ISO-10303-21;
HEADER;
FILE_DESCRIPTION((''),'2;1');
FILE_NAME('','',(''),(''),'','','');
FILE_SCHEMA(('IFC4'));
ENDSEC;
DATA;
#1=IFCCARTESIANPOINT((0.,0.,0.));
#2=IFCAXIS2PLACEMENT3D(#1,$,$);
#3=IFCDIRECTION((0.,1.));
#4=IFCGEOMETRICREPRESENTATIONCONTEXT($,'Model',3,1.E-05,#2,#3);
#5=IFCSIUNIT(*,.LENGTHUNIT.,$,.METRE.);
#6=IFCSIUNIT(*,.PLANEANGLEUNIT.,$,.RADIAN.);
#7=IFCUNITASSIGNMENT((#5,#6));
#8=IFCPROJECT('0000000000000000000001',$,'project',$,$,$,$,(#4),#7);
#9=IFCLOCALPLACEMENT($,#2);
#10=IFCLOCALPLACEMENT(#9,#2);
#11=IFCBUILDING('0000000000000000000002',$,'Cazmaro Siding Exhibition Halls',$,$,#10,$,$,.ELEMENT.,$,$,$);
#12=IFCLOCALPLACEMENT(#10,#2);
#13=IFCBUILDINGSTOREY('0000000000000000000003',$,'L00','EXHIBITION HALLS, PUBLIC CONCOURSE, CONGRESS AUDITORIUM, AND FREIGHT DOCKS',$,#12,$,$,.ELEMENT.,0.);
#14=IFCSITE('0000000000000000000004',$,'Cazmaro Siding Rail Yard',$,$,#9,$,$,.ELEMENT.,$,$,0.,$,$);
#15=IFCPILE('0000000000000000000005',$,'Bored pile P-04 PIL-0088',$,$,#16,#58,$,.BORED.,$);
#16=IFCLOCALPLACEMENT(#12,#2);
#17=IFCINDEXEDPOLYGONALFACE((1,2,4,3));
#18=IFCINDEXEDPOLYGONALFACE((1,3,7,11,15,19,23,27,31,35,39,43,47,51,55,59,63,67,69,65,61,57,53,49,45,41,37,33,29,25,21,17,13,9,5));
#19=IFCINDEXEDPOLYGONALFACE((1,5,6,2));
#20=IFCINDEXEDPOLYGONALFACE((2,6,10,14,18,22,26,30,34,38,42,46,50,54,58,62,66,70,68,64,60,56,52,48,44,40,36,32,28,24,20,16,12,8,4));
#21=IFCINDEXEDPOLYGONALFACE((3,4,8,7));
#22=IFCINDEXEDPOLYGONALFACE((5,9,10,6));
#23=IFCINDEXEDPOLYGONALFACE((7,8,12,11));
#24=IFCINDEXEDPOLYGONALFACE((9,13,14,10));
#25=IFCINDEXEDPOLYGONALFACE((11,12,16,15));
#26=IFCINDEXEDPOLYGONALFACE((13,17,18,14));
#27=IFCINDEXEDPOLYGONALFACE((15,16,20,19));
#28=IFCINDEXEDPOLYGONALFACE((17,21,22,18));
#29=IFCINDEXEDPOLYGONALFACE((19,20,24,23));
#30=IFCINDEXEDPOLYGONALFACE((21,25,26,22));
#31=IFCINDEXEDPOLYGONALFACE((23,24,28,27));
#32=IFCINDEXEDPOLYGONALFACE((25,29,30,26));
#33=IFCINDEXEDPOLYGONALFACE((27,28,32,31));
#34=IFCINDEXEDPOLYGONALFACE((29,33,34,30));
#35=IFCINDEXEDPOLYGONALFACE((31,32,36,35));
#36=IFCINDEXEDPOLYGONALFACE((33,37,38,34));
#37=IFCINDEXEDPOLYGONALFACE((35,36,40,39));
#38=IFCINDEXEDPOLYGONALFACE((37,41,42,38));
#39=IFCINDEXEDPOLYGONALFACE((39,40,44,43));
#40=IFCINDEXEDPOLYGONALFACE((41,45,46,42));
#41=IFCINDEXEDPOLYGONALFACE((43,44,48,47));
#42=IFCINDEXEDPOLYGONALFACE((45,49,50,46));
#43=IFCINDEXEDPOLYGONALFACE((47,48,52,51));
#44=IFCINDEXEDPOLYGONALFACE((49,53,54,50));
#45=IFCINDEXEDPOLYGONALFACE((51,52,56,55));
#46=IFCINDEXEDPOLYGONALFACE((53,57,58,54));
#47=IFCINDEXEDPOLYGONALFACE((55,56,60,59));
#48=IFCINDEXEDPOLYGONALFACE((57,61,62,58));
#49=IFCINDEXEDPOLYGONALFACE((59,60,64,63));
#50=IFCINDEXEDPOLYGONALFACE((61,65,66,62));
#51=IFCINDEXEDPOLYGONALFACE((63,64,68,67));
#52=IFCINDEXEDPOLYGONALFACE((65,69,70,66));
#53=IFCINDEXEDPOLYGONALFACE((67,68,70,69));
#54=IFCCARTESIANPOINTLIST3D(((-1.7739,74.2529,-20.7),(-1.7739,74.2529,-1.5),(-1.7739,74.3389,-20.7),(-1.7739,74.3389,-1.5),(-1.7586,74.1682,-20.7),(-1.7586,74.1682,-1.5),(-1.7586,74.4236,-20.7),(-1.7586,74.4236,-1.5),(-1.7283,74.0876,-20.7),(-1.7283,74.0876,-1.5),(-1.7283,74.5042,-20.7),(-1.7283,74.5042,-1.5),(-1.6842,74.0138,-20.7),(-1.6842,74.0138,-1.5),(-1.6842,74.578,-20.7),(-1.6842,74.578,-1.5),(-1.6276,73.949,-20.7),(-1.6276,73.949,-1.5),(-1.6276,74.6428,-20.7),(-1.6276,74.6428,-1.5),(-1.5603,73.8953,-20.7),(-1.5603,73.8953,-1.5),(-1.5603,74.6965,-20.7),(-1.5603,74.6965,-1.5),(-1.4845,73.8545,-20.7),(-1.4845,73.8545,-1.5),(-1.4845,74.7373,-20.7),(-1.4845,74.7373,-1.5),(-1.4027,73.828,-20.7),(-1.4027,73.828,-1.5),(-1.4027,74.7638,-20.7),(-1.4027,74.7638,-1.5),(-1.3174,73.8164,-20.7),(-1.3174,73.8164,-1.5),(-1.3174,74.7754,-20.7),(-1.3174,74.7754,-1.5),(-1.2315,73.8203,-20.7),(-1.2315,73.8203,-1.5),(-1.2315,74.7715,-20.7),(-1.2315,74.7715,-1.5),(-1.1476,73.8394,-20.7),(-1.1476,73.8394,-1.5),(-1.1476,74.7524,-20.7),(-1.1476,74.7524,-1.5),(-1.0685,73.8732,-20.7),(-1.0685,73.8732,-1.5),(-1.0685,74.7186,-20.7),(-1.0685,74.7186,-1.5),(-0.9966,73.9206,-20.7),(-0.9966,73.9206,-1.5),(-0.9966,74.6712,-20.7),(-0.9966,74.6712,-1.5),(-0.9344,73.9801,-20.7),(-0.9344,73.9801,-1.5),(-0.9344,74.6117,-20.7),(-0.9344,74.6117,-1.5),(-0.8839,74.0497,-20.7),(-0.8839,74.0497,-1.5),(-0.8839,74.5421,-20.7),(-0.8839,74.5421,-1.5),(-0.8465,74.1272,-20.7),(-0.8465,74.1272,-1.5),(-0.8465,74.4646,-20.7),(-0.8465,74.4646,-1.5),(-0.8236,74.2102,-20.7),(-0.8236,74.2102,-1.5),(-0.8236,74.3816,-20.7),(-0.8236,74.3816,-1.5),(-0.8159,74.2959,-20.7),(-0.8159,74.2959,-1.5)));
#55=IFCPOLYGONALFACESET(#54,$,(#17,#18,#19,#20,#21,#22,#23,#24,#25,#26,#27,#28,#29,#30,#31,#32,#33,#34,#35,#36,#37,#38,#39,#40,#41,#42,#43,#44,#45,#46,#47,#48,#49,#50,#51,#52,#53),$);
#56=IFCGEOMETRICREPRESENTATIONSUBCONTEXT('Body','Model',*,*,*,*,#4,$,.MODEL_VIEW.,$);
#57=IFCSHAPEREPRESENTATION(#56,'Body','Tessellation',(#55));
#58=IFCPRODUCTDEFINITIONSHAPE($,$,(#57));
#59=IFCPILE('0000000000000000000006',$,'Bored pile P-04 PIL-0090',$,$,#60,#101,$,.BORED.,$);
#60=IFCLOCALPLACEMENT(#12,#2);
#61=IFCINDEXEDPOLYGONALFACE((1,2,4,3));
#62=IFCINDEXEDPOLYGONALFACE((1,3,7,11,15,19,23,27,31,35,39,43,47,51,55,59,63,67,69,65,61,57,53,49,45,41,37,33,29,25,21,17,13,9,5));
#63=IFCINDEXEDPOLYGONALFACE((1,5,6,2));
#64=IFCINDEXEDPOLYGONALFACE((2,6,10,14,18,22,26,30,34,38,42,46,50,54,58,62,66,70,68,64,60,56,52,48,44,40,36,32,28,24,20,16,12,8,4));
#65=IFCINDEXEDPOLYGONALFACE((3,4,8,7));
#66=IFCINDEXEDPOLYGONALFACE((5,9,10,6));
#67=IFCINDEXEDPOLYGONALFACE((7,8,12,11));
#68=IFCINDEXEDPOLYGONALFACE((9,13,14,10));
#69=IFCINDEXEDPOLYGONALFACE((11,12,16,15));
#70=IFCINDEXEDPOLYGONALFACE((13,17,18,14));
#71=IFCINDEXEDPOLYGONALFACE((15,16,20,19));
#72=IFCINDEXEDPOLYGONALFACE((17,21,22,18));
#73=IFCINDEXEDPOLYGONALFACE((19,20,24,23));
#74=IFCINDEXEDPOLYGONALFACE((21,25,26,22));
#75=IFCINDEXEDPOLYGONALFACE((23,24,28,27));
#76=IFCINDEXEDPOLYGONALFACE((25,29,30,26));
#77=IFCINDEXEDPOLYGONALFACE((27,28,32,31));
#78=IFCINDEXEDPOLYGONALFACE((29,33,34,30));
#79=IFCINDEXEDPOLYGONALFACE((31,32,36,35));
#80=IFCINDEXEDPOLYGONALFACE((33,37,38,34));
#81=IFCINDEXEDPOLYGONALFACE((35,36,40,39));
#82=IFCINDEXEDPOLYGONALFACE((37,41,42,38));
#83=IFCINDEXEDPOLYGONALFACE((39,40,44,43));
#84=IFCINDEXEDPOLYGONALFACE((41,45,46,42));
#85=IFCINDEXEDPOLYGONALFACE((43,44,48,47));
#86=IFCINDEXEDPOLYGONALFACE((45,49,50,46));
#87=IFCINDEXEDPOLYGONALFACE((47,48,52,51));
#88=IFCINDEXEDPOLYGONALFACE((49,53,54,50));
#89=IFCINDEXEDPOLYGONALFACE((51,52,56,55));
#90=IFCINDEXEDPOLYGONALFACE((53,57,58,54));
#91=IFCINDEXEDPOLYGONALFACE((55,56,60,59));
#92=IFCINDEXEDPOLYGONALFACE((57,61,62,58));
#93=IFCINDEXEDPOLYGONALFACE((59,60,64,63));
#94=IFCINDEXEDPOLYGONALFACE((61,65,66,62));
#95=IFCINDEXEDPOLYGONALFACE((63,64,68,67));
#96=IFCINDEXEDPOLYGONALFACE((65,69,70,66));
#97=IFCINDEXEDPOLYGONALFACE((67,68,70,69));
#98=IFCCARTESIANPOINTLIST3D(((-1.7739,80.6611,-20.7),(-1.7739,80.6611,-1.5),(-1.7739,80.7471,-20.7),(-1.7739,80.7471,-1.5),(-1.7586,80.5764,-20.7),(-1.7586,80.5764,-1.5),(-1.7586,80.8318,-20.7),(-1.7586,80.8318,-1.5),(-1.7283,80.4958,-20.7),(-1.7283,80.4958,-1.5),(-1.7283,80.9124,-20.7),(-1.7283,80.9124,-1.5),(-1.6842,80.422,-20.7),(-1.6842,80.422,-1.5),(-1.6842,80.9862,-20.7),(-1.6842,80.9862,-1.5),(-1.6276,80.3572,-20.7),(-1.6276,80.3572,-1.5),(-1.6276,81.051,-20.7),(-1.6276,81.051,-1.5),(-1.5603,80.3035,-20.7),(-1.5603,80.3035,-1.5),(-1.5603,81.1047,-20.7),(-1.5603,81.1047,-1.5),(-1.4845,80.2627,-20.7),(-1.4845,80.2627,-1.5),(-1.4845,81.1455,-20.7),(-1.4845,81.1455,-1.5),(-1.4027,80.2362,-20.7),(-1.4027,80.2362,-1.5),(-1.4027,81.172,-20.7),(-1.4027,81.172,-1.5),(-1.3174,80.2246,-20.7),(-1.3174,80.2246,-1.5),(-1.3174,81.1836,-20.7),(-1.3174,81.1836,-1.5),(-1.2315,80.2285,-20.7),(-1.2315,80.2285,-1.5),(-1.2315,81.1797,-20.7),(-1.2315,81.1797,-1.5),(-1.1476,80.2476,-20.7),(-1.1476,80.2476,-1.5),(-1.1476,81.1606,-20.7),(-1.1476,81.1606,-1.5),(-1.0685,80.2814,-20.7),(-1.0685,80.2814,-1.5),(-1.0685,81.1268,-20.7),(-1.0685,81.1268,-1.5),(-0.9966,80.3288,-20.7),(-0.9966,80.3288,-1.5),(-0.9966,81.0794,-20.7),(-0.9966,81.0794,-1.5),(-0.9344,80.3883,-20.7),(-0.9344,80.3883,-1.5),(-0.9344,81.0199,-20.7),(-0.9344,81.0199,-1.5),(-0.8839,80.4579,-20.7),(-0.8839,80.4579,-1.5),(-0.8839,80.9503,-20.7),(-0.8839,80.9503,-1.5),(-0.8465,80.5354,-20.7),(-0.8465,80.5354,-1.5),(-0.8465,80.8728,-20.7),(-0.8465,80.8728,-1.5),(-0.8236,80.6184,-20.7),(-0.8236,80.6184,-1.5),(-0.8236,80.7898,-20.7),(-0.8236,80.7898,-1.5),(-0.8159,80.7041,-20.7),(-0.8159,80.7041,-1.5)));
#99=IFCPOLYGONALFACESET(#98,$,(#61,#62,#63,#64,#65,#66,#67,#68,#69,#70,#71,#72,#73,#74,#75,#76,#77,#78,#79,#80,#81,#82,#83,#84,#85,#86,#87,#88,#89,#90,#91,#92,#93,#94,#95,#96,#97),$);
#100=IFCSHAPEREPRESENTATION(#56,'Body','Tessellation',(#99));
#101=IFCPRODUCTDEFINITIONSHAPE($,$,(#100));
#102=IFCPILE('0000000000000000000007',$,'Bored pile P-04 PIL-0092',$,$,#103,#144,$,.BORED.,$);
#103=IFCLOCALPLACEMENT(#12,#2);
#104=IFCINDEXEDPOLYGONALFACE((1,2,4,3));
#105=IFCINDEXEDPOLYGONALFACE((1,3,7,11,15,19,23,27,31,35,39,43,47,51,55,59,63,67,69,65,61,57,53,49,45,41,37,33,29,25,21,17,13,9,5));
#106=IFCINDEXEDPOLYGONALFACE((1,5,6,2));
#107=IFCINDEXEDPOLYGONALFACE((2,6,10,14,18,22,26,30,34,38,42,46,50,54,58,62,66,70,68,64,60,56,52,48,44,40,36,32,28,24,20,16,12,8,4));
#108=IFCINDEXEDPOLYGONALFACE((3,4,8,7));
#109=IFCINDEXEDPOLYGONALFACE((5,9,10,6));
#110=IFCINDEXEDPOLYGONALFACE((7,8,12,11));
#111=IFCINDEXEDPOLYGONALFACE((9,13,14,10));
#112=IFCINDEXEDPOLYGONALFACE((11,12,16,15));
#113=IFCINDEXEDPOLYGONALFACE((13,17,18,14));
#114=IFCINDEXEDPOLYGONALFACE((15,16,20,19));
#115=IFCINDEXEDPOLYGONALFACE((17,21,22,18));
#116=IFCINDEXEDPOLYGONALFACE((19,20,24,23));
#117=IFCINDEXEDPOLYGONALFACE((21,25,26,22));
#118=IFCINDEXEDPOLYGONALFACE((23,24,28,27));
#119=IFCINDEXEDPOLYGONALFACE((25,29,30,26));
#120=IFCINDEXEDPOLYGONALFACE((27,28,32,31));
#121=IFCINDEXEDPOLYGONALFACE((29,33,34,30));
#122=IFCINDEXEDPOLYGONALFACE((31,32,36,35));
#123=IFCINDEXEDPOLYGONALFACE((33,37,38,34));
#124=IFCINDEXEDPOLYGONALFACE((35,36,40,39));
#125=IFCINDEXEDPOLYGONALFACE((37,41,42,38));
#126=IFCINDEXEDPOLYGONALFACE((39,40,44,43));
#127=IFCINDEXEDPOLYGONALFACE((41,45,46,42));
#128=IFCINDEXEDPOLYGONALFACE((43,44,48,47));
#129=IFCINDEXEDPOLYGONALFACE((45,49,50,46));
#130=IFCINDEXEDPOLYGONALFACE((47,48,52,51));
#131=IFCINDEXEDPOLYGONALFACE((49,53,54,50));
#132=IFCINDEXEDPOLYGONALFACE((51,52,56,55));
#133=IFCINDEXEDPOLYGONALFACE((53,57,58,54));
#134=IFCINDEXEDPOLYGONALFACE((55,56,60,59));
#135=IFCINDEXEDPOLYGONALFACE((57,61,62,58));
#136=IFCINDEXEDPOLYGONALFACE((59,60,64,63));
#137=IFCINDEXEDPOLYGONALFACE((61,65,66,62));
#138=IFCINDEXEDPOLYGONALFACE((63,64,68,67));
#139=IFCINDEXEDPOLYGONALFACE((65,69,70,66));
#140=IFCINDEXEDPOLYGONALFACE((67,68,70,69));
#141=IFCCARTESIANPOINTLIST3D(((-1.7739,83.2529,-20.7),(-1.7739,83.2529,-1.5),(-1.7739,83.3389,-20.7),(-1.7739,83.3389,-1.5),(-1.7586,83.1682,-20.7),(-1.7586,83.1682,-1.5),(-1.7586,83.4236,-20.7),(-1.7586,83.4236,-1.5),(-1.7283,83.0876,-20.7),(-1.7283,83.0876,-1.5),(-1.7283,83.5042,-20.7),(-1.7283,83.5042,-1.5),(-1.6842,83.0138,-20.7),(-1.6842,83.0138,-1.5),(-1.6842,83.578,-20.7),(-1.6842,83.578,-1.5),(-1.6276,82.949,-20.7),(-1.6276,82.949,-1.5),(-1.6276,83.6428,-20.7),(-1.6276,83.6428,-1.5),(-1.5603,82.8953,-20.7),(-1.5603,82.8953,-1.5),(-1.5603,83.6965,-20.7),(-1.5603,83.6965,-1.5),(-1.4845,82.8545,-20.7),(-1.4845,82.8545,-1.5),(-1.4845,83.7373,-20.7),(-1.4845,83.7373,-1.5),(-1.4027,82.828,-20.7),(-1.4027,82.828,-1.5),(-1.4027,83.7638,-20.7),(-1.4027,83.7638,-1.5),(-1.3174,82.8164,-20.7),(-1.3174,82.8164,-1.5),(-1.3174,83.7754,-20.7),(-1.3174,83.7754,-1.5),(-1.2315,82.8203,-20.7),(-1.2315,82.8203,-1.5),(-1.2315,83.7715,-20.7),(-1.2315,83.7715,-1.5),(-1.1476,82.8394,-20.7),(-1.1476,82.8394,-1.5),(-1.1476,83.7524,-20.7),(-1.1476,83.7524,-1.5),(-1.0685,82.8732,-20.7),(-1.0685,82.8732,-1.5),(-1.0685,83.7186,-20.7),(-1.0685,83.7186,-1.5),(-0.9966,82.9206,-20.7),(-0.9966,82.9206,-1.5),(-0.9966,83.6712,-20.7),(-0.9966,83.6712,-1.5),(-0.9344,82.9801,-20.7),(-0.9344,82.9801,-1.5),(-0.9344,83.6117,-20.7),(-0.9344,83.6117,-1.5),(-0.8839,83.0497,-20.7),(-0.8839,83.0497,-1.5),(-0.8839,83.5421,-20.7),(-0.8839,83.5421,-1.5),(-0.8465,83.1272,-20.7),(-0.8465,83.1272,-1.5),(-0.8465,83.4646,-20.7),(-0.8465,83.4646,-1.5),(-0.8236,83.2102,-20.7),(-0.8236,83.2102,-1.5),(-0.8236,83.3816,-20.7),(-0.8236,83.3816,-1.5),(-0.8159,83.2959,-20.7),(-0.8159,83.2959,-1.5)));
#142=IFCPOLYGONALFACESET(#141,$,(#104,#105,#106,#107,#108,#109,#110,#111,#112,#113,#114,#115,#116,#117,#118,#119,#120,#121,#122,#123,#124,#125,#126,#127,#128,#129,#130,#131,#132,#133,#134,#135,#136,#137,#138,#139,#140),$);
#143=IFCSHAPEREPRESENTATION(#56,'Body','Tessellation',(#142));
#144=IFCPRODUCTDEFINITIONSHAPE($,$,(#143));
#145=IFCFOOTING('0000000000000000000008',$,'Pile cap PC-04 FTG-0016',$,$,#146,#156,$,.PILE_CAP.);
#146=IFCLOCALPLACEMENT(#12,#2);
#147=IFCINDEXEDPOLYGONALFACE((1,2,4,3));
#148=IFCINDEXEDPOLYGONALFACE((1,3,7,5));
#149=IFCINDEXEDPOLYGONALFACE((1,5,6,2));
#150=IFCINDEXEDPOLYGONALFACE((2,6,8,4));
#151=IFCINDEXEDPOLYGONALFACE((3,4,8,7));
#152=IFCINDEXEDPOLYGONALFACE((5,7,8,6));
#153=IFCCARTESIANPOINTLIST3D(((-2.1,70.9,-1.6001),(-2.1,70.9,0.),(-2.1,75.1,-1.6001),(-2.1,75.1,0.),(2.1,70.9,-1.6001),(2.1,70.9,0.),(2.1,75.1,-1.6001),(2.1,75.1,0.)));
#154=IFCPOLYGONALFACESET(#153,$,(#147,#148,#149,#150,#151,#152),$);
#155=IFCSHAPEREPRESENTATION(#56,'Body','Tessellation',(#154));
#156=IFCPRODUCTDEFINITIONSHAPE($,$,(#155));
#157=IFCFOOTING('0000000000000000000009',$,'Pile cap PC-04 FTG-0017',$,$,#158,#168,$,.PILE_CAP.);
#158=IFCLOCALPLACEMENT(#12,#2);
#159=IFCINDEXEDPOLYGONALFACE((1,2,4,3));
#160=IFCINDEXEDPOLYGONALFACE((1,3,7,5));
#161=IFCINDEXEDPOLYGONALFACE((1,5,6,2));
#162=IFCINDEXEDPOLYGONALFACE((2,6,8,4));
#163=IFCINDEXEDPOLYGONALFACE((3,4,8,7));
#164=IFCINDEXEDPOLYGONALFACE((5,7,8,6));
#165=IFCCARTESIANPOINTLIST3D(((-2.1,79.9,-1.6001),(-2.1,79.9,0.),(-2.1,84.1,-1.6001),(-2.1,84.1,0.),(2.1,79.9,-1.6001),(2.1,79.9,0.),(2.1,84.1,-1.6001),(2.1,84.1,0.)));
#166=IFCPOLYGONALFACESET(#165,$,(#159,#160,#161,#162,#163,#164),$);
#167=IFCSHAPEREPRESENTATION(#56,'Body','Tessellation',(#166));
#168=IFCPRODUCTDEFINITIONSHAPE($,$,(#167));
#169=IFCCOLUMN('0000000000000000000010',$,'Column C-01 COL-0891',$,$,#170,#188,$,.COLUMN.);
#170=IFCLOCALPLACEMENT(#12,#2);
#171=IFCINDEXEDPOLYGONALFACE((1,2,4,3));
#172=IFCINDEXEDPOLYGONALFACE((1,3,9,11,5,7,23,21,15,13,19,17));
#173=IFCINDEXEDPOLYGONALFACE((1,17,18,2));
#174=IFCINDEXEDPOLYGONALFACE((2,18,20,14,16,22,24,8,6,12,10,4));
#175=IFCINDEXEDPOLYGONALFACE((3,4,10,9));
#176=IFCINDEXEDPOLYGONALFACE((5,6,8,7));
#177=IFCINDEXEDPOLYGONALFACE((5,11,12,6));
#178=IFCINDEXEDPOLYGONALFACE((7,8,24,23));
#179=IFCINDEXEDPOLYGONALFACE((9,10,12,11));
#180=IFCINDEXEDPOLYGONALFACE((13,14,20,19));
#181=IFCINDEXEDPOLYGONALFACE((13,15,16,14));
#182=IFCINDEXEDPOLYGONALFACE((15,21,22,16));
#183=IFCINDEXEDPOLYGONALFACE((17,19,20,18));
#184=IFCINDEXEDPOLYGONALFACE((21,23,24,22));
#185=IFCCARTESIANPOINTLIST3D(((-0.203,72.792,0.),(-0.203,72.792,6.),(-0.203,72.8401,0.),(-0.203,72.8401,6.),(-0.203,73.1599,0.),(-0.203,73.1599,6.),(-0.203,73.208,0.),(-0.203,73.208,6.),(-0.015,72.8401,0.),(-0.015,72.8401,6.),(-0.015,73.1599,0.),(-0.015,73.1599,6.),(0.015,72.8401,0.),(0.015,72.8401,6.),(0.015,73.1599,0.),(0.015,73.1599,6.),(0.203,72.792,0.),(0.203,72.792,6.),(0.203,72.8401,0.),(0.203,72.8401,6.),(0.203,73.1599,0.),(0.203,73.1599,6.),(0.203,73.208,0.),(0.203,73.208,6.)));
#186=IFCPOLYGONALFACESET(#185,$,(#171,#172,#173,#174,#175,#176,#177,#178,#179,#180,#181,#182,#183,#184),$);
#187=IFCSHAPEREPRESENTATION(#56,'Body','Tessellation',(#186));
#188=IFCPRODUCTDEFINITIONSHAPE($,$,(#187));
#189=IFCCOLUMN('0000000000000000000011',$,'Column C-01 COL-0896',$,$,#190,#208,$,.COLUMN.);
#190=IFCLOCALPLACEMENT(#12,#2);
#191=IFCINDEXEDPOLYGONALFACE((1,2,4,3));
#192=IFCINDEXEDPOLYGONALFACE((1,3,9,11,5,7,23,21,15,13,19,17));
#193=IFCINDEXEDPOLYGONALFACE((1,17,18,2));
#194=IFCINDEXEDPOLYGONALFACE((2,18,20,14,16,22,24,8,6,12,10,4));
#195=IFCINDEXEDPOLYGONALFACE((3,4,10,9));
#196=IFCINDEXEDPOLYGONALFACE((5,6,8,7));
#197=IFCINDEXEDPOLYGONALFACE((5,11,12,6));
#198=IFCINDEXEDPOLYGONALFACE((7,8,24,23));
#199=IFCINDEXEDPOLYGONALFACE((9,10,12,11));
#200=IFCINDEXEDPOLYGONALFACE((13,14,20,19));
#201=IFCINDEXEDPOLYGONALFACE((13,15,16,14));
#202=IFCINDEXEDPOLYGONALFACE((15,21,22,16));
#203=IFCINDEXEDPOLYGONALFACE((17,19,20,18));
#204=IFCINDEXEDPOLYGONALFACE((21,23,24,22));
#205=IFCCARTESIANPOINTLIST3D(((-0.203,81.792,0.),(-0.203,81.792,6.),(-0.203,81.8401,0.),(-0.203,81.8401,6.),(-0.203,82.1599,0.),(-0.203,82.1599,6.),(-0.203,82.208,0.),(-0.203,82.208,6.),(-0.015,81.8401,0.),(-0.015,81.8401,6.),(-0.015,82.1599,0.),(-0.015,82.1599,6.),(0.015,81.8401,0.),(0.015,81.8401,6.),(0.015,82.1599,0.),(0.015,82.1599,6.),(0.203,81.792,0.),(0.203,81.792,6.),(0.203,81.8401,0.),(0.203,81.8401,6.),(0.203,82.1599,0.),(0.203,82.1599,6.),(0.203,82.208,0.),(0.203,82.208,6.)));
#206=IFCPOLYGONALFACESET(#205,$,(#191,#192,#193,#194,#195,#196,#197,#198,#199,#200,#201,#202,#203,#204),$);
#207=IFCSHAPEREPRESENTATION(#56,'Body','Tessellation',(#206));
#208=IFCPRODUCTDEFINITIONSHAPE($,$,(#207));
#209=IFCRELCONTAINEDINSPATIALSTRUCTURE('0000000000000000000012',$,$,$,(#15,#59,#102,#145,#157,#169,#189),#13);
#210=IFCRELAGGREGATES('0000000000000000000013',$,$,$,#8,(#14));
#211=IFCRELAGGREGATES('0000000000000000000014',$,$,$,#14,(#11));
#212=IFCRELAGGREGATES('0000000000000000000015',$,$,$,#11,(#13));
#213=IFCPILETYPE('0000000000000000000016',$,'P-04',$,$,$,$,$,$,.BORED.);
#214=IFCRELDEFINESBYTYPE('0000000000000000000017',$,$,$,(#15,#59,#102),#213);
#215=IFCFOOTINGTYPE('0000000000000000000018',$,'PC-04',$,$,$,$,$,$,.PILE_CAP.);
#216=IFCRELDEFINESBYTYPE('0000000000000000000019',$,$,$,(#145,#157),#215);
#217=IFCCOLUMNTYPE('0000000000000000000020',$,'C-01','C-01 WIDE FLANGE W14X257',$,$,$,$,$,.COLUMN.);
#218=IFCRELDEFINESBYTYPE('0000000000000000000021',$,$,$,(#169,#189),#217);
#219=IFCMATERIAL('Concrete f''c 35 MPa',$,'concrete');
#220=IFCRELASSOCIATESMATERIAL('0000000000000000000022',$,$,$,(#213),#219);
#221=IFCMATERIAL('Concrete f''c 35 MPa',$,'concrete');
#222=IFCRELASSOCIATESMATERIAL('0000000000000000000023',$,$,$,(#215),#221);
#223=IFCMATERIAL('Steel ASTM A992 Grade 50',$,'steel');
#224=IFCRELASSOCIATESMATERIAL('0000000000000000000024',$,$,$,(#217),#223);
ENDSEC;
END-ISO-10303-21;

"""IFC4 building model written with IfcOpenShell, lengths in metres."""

from ifc_helpers import new_model, si_unit, direction, frame, origin, origin_2d, place, context, subcontext, project, spatial, rectangle, circle, i_section, extrude, material, material_profile, profile_set, type_object, element, save


model = new_model("IFC4")

# Units and contexts
model_context = context("Model", 3, precision=1e-05, world=origin(), true_north=direction((0.0, 1.0)))
body_context = subcontext(model_context, "Body", "Model", "MODEL_VIEW")
ifc_project = project(units=[si_unit("LENGTHUNIT", "METRE"), si_unit("PLANEANGLEUNIT", "RADIAN")], contexts=[model_context])

# Site, building, storey
site_placement = place(None, origin())
site = spatial("IfcSite", under=ifc_project, at=site_placement, Name="Cazmaro Siding Rail Yard", CompositionType="ELEMENT", RefElevation=0.0)
building_placement = place(site_placement, origin())
building = spatial("IfcBuilding", under=site, at=building_placement, Name="Cazmaro Siding Exhibition Halls", CompositionType="ELEMENT")
storey_placement = place(building_placement, origin())
storey = spatial("IfcBuildingStorey", under=building, at=storey_placement, Name="L00", Description="EXHIBITION HALLS, PUBLIC CONCOURSE, CONGRESS AUDITORIUM, AND FREIGHT DOCKS", CompositionType="ELEMENT", Elevation=0.0)

# Piles
ifc_material_1 = material(Name="Concrete f'c 35 MPa", Category="concrete")
ifc_material_profile_1 = material_profile(ifc_material_1, circle(Radius=0.48, at=origin_2d()), Name="CIDH-960")
ifc_profile_set_1 = profile_set([ifc_material_profile_1], Name="Concrete f'c 35 MPa")
pile_type = type_object("IfcPileType", Name="P-04", PredefinedType="BORED", material=ifc_profile_set_1)
for number, where, z_axis, x_axis, name in (
    (1, (-1.2959, 74.2959, -1.5), (0.0, 0.0, -1.0), (1.0, 0.0, 0.0), "Bored pile P-04 PIL-0088"),
    (2, (-1.2959, 80.7041, -1.5), (0.0, 0.0, -1.0), (1.0, 0.0, 0.0), "Bored pile P-04 PIL-0090"),
    (3, (-1.2959, 83.2959, -1.5), (0.0, 0.0, -1.0), (1.0, 0.0, 0.0), "Bored pile P-04 PIL-0092"),
):
    element("IfcPile", number, at=place(storey_placement, frame(where, z_axis=z_axis, x_axis=x_axis)), inside=storey, type_object=pile_type, Name=name, PredefinedType="BORED", context=body_context, shape_type="SweptSolid", body=[
        extrude(circle(Radius=0.48, at=origin_2d()), origin(), (0.0, 0.0, 1.0), 19.2),
    ])

# Footings
ifc_material_2 = material(Name="Concrete f'c 35 MPa", Category="concrete")
footing_type = type_object("IfcFootingType", Name="PC-04", PredefinedType="PILE_CAP", material=ifc_material_2)
for number, where, z_axis, x_axis, name in (
    (4, (0.0, 73.0, -1.6001), (0.0, 0.0, 1.0), (1.0, 0.0, 0.0), "Pile cap PC-04 FTG-0016"),
    (5, (0.0, 82.0, -1.6001), (0.0, 0.0, 1.0), (1.0, 0.0, 0.0), "Pile cap PC-04 FTG-0017"),
):
    element("IfcFooting", number, at=place(storey_placement, frame(where, z_axis=z_axis, x_axis=x_axis)), inside=storey, type_object=footing_type, Name=name, PredefinedType="PILE_CAP", context=body_context, shape_type="SweptSolid", body=[
        extrude(rectangle(XDim=4.2, YDim=4.2, at=origin_2d()), origin(), (0.0, 0.0, 1.0), 1.6001),
    ])

# Columns
ifc_material_3 = material(Name="Steel ASTM A992 Grade 50", Category="steel")
ifc_material_profile_2 = material_profile(ifc_material_3, i_section(OverallWidth=0.406, OverallDepth=0.416, WebThickness=0.03, FlangeThickness=0.0481, at=origin_2d()), Name="W14X257")
ifc_profile_set_2 = profile_set([ifc_material_profile_2], Name="Steel ASTM A992 Grade 50")
column_type = type_object("IfcColumnType", Name="C-01", Description="C-01 WIDE FLANGE W14X257", PredefinedType="COLUMN", material=ifc_profile_set_2)
for number, where, z_axis, x_axis, name in (
    (6, (0.0, 73.0, 0.0), (0.0, 0.0, 1.0), (1.0, 0.0, 0.0), "Column C-01 COL-0891"),
    (7, (0.0, 82.0, 0.0), (0.0, 0.0, 1.0), (1.0, 0.0, 0.0), "Column C-01 COL-0896"),
):
    element("IfcColumn", number, at=place(storey_placement, frame(where, z_axis=z_axis, x_axis=x_axis)), inside=storey, type_object=column_type, Name=name, PredefinedType="COLUMN", context=body_context, shape_type="SweptSolid", body=[
        extrude(i_section(OverallWidth=0.406, OverallDepth=0.416, WebThickness=0.03, FlangeThickness=0.0481, at=origin_2d()), origin(), (0.0, 0.0, 1.0), 6.0),
    ])

save(model, "model.ifc")
